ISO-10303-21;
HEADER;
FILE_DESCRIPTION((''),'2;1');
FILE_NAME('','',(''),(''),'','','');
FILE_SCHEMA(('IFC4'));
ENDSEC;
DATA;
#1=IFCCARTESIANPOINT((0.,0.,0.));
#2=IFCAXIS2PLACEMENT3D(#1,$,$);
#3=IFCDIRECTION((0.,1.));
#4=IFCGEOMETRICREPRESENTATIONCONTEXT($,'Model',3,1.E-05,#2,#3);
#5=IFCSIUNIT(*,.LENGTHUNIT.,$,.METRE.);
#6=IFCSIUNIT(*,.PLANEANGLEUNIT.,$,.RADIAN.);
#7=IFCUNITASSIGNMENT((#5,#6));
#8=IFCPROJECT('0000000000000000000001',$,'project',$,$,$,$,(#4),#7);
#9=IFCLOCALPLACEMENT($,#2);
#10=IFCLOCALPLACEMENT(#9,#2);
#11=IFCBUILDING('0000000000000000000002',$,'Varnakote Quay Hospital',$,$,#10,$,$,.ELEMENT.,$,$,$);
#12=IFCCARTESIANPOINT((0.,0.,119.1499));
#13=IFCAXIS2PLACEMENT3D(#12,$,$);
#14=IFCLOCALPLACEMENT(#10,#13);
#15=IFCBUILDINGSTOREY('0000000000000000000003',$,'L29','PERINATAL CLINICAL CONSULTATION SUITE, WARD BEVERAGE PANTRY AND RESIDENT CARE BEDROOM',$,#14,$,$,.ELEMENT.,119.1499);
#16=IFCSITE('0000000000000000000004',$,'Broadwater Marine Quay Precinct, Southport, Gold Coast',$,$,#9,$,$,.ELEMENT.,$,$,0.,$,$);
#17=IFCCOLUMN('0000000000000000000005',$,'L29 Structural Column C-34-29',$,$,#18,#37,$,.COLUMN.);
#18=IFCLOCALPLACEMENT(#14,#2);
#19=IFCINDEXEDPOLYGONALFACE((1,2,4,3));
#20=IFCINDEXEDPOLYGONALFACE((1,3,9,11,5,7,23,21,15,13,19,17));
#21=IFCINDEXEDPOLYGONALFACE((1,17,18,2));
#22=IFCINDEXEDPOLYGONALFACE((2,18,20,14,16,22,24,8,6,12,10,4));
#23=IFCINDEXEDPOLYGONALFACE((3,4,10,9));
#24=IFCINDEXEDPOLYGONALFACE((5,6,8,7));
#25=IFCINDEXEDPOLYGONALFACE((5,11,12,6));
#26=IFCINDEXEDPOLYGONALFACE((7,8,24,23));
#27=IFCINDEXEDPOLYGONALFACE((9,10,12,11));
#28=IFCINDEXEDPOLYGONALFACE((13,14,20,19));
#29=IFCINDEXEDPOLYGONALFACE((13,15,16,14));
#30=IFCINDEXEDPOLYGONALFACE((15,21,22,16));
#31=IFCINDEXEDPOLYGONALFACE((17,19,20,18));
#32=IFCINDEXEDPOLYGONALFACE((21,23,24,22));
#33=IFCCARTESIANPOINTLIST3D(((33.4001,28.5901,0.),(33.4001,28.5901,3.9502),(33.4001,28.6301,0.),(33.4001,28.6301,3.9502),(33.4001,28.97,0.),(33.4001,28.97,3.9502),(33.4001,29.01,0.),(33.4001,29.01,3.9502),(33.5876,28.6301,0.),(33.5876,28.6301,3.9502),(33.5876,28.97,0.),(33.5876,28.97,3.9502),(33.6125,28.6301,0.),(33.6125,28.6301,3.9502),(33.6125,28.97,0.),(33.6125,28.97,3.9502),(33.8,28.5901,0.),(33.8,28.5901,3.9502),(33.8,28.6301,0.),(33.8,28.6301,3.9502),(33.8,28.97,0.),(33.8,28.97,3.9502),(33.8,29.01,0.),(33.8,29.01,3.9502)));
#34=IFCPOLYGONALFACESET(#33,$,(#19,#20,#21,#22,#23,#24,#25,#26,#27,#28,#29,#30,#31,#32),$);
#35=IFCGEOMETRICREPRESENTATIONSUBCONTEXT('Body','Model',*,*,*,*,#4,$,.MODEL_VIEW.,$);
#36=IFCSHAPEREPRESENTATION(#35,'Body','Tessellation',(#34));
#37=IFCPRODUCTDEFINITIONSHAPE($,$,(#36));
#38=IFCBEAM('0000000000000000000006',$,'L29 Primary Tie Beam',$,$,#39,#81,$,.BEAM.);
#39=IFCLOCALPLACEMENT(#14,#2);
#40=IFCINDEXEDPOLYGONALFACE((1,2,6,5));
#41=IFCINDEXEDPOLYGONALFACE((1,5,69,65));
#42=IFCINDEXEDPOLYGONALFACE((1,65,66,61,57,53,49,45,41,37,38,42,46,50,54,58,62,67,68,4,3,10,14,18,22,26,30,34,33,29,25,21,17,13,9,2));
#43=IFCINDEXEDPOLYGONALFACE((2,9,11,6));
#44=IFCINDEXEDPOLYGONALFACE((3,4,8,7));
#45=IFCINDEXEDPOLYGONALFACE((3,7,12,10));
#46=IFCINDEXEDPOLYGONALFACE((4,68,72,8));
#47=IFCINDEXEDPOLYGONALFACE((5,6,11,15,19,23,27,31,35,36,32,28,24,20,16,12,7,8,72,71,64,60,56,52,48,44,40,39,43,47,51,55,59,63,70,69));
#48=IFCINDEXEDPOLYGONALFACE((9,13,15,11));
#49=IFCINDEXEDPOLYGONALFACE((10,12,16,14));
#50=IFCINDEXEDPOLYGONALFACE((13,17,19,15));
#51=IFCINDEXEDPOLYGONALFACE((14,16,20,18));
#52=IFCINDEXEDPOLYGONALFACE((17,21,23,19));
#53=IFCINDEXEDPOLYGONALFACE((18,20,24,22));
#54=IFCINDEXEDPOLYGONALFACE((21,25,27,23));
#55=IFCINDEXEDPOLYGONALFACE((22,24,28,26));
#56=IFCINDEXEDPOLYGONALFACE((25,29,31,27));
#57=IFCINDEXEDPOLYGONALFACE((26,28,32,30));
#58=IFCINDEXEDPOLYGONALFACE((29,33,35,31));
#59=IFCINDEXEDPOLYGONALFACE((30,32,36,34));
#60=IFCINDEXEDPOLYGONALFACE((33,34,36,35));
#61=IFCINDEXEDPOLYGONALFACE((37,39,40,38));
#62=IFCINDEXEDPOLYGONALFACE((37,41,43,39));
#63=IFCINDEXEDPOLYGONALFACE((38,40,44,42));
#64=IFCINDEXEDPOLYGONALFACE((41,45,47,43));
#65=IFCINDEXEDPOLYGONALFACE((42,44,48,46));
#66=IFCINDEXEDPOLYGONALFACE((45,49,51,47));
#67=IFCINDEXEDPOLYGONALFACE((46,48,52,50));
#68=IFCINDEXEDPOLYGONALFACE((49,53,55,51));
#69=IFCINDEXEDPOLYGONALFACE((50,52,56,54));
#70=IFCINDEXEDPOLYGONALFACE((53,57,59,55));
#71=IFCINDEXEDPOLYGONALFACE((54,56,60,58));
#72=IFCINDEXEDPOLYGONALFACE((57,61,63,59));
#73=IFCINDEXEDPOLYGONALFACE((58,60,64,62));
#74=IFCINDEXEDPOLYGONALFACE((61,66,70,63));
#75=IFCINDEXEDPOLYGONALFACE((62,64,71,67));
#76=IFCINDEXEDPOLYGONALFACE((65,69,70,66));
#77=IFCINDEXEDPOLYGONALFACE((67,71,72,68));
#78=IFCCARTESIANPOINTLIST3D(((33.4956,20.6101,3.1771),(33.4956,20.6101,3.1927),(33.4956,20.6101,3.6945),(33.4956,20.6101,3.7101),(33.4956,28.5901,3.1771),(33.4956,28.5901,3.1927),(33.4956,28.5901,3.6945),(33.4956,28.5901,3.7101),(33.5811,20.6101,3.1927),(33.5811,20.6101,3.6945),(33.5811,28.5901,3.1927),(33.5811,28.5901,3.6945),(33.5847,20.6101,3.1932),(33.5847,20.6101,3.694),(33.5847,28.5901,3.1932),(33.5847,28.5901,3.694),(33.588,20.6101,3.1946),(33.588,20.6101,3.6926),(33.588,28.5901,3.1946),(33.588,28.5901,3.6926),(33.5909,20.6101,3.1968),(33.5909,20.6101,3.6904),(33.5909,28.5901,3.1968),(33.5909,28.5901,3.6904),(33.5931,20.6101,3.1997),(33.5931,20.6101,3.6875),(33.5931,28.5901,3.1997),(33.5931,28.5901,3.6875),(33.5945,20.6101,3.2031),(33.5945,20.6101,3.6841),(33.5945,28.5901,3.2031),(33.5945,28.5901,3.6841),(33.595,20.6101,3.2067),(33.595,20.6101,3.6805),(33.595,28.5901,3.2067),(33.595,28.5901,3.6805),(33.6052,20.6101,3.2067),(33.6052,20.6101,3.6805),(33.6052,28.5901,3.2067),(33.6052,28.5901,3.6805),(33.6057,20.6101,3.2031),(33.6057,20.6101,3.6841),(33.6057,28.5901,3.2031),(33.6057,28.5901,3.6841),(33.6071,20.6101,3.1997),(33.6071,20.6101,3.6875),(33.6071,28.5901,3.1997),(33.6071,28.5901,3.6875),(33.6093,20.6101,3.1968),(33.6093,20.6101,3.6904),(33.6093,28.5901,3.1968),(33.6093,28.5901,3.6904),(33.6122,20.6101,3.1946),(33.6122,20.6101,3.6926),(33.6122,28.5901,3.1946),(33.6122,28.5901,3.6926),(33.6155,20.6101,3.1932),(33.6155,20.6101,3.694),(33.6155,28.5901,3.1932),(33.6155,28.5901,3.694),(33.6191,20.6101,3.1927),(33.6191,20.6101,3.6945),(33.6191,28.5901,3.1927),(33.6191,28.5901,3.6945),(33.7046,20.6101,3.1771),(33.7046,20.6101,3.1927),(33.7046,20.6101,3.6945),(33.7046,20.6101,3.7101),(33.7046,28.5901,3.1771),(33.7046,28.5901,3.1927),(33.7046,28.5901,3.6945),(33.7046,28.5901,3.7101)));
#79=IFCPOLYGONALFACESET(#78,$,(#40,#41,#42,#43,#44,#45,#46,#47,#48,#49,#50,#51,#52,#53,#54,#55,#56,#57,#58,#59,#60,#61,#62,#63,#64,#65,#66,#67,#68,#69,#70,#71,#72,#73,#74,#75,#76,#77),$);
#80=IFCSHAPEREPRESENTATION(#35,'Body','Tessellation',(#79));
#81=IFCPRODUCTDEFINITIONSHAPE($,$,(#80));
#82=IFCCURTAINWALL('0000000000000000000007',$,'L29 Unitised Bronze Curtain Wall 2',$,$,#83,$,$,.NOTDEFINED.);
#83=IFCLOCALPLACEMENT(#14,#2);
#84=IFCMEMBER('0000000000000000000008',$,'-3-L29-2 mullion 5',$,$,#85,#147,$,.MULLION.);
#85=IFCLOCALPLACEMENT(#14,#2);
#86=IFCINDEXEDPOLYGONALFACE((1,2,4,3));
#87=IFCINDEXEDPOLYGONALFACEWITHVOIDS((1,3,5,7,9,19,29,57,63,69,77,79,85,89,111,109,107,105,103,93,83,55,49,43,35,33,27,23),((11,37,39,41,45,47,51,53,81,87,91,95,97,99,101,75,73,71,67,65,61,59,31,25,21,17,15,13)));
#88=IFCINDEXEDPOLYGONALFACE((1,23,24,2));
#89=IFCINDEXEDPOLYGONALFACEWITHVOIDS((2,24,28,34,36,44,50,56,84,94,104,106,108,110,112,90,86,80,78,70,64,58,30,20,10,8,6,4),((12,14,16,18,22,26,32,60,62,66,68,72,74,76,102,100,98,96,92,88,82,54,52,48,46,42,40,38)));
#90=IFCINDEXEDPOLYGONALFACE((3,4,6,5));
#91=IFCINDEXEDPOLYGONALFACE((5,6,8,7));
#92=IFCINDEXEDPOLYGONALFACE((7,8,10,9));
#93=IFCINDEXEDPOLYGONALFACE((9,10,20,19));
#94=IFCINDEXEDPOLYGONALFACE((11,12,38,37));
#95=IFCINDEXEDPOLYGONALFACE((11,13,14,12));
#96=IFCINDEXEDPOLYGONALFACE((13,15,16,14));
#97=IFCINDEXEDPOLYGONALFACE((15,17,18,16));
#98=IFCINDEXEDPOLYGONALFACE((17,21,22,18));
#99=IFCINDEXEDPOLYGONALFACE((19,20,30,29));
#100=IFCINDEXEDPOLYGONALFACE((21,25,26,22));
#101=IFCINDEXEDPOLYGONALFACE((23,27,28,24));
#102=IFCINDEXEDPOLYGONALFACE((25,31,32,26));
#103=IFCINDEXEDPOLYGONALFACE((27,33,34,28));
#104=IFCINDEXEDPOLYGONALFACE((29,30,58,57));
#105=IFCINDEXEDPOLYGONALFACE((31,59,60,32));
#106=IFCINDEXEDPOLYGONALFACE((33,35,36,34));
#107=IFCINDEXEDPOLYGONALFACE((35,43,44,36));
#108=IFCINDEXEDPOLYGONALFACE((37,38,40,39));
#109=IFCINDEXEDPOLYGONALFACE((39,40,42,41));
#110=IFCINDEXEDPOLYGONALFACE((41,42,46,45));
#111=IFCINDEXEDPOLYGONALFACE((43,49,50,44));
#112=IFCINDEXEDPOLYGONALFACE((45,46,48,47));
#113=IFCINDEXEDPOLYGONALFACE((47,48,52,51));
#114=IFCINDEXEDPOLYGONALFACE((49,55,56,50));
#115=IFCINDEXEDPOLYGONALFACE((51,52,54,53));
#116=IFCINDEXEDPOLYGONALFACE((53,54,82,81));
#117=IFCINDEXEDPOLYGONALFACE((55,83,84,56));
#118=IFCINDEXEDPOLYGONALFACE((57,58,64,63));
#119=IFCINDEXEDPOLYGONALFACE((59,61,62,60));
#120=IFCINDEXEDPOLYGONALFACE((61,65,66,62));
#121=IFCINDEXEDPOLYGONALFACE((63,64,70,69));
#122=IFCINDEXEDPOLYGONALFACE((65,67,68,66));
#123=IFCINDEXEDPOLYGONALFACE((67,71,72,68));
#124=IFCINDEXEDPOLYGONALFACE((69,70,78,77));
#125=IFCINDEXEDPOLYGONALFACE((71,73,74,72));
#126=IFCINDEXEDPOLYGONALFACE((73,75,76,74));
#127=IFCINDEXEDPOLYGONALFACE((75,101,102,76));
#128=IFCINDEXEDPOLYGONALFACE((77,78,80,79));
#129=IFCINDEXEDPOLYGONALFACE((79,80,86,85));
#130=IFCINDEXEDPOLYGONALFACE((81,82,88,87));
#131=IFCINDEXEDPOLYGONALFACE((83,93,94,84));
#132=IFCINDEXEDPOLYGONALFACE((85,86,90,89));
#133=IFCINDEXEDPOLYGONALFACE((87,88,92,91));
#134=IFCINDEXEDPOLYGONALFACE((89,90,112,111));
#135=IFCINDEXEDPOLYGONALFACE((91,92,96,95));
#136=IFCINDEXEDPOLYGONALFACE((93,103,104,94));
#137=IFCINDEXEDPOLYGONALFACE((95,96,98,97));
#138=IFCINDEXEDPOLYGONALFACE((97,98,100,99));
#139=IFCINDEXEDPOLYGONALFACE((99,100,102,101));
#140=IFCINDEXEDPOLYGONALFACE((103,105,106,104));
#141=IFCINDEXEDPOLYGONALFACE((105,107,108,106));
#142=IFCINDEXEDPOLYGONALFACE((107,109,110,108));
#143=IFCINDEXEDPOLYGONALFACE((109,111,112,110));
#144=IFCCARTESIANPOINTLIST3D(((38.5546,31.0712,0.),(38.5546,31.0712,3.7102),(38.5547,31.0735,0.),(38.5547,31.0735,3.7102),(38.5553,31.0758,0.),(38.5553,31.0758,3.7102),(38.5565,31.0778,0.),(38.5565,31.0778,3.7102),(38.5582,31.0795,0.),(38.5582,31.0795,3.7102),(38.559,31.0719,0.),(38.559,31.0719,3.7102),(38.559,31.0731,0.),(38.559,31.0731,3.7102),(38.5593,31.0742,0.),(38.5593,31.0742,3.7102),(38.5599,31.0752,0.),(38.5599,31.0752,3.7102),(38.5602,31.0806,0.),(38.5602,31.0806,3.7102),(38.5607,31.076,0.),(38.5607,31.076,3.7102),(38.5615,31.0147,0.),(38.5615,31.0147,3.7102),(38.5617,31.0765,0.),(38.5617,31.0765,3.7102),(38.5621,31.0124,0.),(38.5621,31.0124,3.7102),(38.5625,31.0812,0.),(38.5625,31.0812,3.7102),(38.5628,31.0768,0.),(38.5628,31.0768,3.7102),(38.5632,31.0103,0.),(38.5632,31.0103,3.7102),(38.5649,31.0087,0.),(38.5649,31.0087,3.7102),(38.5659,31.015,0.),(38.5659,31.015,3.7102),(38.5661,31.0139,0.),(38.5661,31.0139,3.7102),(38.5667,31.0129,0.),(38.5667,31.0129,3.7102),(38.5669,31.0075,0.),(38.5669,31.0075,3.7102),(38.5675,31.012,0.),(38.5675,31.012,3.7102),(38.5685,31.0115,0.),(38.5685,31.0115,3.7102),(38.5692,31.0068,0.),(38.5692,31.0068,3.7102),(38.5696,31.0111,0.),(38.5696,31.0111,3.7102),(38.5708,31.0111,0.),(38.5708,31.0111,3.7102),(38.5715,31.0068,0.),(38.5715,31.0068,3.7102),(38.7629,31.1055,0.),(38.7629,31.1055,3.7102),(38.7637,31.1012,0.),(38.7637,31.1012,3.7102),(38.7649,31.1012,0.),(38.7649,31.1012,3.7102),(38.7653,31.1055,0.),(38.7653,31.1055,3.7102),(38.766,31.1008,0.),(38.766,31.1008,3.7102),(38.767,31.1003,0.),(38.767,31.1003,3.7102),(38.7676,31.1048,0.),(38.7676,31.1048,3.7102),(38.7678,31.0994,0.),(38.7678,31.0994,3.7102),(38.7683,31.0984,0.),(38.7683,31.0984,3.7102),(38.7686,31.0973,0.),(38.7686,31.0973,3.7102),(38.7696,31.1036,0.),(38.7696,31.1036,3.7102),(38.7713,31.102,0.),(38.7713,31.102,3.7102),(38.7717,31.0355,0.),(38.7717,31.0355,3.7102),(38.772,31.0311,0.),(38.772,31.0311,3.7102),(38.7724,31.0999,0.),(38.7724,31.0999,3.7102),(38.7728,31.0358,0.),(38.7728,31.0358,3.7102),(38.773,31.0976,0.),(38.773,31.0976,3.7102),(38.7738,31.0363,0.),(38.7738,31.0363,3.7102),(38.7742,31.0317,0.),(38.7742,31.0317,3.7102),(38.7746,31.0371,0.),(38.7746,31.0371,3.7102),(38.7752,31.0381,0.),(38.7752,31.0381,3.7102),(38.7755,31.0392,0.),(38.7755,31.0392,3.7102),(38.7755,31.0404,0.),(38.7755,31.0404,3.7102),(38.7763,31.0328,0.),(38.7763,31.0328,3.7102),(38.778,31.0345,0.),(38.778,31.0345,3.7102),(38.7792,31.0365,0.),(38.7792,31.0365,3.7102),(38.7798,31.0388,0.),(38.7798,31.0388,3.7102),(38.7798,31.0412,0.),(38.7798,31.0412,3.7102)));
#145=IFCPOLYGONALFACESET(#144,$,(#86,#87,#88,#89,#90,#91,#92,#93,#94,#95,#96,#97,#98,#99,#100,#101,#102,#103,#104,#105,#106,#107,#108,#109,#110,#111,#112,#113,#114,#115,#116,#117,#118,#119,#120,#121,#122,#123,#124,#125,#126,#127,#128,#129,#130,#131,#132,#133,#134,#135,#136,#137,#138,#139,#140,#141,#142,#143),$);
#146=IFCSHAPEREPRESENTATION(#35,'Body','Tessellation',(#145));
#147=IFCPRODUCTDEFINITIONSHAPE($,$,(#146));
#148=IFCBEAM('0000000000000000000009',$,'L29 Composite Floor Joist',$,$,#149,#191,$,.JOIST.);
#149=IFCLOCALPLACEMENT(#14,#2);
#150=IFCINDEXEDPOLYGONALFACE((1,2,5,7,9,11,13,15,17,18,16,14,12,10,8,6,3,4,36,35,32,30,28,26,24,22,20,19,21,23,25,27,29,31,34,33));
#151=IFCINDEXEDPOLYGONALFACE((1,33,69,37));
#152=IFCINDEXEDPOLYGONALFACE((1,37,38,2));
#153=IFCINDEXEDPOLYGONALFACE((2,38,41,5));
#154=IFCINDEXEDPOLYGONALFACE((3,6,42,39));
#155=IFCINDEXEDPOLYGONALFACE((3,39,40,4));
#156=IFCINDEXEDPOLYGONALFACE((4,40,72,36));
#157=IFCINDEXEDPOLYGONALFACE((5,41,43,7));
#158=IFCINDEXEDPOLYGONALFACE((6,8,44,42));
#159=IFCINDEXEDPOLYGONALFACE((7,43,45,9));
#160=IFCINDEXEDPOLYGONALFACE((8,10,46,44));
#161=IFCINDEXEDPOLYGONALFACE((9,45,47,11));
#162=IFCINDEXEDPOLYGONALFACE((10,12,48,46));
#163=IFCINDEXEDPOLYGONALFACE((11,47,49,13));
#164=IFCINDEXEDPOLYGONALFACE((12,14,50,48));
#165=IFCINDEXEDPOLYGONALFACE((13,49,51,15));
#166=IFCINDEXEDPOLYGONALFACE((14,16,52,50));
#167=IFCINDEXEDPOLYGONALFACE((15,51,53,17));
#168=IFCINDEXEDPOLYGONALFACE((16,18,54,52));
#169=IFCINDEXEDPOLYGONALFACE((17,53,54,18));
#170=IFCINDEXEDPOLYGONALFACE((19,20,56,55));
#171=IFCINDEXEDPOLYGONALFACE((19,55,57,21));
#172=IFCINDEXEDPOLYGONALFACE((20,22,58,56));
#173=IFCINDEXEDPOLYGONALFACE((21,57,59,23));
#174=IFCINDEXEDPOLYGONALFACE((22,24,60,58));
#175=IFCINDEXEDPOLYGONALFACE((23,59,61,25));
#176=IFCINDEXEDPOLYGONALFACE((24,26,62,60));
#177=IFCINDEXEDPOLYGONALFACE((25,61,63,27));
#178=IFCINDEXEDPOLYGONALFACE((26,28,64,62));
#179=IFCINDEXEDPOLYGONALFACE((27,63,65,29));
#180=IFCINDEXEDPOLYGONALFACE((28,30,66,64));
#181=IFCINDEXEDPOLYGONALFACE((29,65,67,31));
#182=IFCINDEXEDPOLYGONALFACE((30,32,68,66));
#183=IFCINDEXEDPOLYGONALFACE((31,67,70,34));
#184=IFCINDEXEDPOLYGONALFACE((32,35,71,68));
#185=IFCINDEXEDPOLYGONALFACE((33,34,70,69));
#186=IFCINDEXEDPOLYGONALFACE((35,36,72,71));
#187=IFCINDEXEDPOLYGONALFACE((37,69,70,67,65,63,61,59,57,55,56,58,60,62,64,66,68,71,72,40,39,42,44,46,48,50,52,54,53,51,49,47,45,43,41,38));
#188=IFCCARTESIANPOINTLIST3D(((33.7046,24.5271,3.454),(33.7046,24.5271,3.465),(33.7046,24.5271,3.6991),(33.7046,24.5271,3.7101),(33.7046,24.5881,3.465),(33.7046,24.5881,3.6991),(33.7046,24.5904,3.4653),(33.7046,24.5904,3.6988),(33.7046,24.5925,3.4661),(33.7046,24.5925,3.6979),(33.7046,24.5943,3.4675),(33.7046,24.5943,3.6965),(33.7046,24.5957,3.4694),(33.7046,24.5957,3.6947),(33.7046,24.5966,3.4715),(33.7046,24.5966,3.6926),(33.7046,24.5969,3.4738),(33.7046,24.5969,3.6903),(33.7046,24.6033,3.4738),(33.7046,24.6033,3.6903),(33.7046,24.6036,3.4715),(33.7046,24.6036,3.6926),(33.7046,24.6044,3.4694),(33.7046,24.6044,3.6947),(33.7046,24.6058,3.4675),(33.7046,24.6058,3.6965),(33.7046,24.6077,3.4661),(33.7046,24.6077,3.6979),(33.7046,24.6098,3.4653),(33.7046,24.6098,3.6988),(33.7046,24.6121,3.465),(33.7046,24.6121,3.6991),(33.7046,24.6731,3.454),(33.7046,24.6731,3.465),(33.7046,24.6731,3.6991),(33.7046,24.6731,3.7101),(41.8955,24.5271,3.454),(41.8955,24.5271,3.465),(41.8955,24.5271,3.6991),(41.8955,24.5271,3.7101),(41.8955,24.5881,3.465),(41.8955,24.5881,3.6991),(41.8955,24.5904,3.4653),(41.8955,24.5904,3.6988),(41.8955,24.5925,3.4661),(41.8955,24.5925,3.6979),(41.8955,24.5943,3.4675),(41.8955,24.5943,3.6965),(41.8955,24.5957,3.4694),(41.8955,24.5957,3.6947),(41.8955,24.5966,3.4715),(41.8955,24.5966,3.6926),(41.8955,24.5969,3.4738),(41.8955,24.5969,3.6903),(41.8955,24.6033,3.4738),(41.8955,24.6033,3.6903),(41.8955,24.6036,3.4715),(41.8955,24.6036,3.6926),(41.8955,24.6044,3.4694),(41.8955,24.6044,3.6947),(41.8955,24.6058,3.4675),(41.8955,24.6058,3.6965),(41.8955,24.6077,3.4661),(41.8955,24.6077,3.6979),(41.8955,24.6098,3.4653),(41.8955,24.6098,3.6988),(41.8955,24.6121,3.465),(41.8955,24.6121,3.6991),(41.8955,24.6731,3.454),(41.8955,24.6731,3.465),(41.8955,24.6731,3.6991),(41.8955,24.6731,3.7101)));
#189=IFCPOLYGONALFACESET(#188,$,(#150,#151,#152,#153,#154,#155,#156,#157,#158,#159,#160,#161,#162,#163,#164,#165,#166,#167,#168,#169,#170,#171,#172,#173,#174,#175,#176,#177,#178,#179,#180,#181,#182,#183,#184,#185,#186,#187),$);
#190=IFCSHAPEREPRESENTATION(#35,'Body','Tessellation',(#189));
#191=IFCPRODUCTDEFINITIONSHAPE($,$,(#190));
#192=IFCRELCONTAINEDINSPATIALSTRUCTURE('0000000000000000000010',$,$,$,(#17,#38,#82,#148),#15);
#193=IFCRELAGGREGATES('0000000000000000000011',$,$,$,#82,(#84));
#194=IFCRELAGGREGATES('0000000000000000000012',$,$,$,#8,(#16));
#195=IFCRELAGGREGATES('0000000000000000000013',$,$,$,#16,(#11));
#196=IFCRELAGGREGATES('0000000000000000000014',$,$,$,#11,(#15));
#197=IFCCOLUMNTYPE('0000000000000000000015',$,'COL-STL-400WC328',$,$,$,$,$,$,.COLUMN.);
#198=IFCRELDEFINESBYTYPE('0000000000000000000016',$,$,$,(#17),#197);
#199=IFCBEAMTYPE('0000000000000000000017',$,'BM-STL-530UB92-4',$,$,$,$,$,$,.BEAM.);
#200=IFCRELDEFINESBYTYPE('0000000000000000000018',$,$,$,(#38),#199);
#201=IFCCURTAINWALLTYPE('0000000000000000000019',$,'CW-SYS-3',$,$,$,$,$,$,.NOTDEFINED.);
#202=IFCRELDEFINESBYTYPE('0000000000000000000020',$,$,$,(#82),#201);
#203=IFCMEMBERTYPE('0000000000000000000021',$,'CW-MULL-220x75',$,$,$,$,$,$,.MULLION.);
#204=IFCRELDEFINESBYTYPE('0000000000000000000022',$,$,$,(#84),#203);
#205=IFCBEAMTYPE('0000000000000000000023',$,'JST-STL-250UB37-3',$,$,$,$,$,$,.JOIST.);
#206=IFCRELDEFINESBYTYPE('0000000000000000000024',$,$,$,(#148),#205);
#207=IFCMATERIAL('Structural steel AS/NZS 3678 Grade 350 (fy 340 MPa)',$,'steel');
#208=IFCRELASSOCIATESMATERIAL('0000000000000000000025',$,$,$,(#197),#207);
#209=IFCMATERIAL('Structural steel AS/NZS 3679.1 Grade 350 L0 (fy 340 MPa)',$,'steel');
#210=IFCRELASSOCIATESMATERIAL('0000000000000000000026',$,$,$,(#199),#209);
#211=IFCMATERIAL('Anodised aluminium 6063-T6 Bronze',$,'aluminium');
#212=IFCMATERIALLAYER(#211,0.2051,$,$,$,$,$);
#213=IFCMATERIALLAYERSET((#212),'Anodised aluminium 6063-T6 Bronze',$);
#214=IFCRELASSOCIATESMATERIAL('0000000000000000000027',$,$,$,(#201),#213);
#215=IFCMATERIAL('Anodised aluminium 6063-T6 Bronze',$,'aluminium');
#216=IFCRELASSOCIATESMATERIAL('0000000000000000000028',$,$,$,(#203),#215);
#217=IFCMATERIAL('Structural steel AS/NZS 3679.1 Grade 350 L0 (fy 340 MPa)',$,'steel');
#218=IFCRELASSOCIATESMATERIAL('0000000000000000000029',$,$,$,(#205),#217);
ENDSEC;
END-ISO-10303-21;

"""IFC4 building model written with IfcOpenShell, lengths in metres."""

from ifc_helpers import new_model, si_unit, direction, frame, origin, origin_2d, place, context, subcontext, project, spatial, hollow_rectangle, i_section, extrude, material, layer, layer_set, material_profile, profile_set, type_object, element, aggregate, save


model = new_model("IFC4")

# Units and contexts
model_context = context("Model", 3, precision=1e-05, world=origin(), true_north=direction((0.0, 1.0)))
body_context = subcontext(model_context, "Body", "Model", "MODEL_VIEW")
ifc_project = project(units=[si_unit("LENGTHUNIT", "METRE"), si_unit("PLANEANGLEUNIT", "RADIAN")], contexts=[model_context])

# Site, building, storey
site_placement = place(None, origin())
site = spatial("IfcSite", under=ifc_project, at=site_placement, Name="Broadwater Marine Quay Precinct, Southport, Gold Coast", CompositionType="ELEMENT", RefElevation=0.0)
building_placement = place(site_placement, origin())
building = spatial("IfcBuilding", under=site, at=building_placement, Name="Varnakote Quay Hospital", CompositionType="ELEMENT")
storey_placement = place(building_placement, frame((0.0, 0.0, 119.1499)))
storey = spatial("IfcBuildingStorey", under=building, at=storey_placement, Name="L29", Description="PERINATAL CLINICAL CONSULTATION SUITE, WARD BEVERAGE PANTRY AND RESIDENT CARE BEDROOM", CompositionType="ELEMENT", Elevation=119.1499)

# Column
ifc_material_1 = material(Name="Structural steel AS/NZS 3678 Grade 350 (fy 340 MPa)", Category="steel")
ifc_material_profile_1 = material_profile(ifc_material_1, i_section(OverallWidth=0.3999, OverallDepth=0.4199, WebThickness=0.0249, FlangeThickness=0.04, at=origin_2d()), Name="400WC328")
ifc_profile_set_1 = profile_set([ifc_material_profile_1], Name="Structural steel AS/NZS 3678 Grade 350 (fy 340 MPa)")
column_type = type_object("IfcColumnType", Name="COL-STL-400WC328", PredefinedType="COLUMN", material=ifc_profile_set_1)
column_placement = place(storey_placement, frame((33.6001, 28.8, 0.0), z_axis=(0.0, 0.0, 1.0), x_axis=(1.0, 0.0, 0.0)))
element("IfcColumn", 1, at=column_placement, inside=storey, type_object=column_type, Name="L29 Structural Column C-34-29", PredefinedType="COLUMN", context=body_context, shape_type="SweptSolid", body=[
    extrude(i_section(OverallWidth=0.3999, OverallDepth=0.4199, WebThickness=0.0249, FlangeThickness=0.04, at=origin_2d()), origin(), (0.0, 0.0, 1.0), 3.9502),
])

# Beam
ifc_material_2 = material(Name="Structural steel AS/NZS 3679.1 Grade 350 L0 (fy 340 MPa)", Category="steel")
ifc_material_profile_2 = material_profile(ifc_material_2, i_section(OverallWidth=0.209, OverallDepth=0.533, WebThickness=0.0103, FlangeThickness=0.0156, FilletRadius=0.0139, at=origin_2d()), Name="530UB92.4")
ifc_profile_set_2 = profile_set([ifc_material_profile_2], Name="Structural steel AS/NZS 3679.1 Grade 350 L0 (fy 340 MPa)")
beam_type_1 = type_object("IfcBeamType", Name="BM-STL-530UB92-4", PredefinedType="BEAM", material=ifc_profile_set_2)
beam_1_placement = place(storey_placement, frame((33.6001, 20.6101, 3.4436), z_axis=(0.0, 1.0, 0.0), x_axis=(-1.0, 0.0, 0.0)))
element("IfcBeam", 2, at=beam_1_placement, inside=storey, type_object=beam_type_1, Name="L29 Primary Tie Beam", PredefinedType="BEAM", context=body_context, shape_type="SweptSolid", body=[
    extrude(i_section(OverallWidth=0.209, OverallDepth=0.533, WebThickness=0.0103, FlangeThickness=0.0156, FilletRadius=0.0139, at=origin_2d()), origin(), (0.0, 0.0, 1.0), 7.98),
])

# Curtain wall, member
ifc_material_3 = material(Name="Anodised aluminium 6063-T6 Bronze", Category="aluminium")
ifc_layer_1 = layer(ifc_material_3, 0.2051)
ifc_layer_set_1 = layer_set([ifc_layer_1], Name="Anodised aluminium 6063-T6 Bronze")
curtain_wall_type = type_object("IfcCurtainWallType", Name="CW-SYS-3", PredefinedType="NOTDEFINED", material=ifc_layer_set_1)
curtain_wall_placement = place(storey_placement, origin())
curtain_wall = element("IfcCurtainWall", 3, at=curtain_wall_placement, inside=storey, type_object=curtain_wall_type, Name="L29 Unitised Bronze Curtain Wall 2", PredefinedType="NOTDEFINED")
ifc_material_4 = material(Name="Anodised aluminium 6063-T6 Bronze", Category="aluminium")
ifc_material_profile_3 = material_profile(ifc_material_4, hollow_rectangle(XDim=0.075, YDim=0.22, WallThickness=0.0044, InnerFilletRadius=0.0044, OuterFilletRadius=0.009, at=origin_2d()), Name="CW-MULL-220x75")
ifc_profile_set_3 = profile_set([ifc_material_profile_3], Name="Anodised aluminium 6063-T6 Bronze")
member_type = type_object("IfcMemberType", Name="CW-MULL-220x75", PredefinedType="MULLION", material=ifc_profile_set_3)
member_placement = place(storey_placement, frame((38.6672, 31.0562, 0.0), z_axis=(0.0, 0.0, 1.0), x_axis=(0.120327, -0.992734, 0.0)))
member = element("IfcMember", 4, at=member_placement, type_object=member_type, Name="-3-L29-2 mullion 5", PredefinedType="MULLION", context=body_context, shape_type="SweptSolid", body=[
    extrude(hollow_rectangle(XDim=0.075, YDim=0.22, WallThickness=0.0044, InnerFilletRadius=0.0044, OuterFilletRadius=0.009, at=origin_2d()), origin(), (0.0, 0.0, 1.0), 3.7102),
])

# Beam
ifc_material_5 = material(Name="Structural steel AS/NZS 3679.1 Grade 350 L0 (fy 340 MPa)", Category="steel")
ifc_material_profile_4 = material_profile(ifc_material_5, i_section(OverallWidth=0.146, OverallDepth=0.2561, WebThickness=0.0063, FlangeThickness=0.011, FilletRadius=0.0088, at=origin_2d()), Name="250UB37.3")
ifc_profile_set_4 = profile_set([ifc_material_profile_4], Name="Structural steel AS/NZS 3679.1 Grade 350 L0 (fy 340 MPa)")
beam_type_2 = type_object("IfcBeamType", Name="JST-STL-250UB37-3", PredefinedType="JOIST", material=ifc_profile_set_4)
beam_2_placement = place(storey_placement, frame((33.7046, 24.6001, 3.582), z_axis=(1.0, 0.0, 0.0), x_axis=(0.0, 1.0, 0.0)))
element("IfcBeam", 5, at=beam_2_placement, inside=storey, type_object=beam_type_2, Name="L29 Composite Floor Joist", PredefinedType="JOIST", context=body_context, shape_type="SweptSolid", body=[
    extrude(i_section(OverallWidth=0.146, OverallDepth=0.2561, WebThickness=0.0063, FlangeThickness=0.011, FilletRadius=0.0088, at=origin_2d()), origin(), (0.0, 0.0, 1.0), 8.1909),
])

aggregate(curtain_wall, [member])

save(model, "model.ifc")
